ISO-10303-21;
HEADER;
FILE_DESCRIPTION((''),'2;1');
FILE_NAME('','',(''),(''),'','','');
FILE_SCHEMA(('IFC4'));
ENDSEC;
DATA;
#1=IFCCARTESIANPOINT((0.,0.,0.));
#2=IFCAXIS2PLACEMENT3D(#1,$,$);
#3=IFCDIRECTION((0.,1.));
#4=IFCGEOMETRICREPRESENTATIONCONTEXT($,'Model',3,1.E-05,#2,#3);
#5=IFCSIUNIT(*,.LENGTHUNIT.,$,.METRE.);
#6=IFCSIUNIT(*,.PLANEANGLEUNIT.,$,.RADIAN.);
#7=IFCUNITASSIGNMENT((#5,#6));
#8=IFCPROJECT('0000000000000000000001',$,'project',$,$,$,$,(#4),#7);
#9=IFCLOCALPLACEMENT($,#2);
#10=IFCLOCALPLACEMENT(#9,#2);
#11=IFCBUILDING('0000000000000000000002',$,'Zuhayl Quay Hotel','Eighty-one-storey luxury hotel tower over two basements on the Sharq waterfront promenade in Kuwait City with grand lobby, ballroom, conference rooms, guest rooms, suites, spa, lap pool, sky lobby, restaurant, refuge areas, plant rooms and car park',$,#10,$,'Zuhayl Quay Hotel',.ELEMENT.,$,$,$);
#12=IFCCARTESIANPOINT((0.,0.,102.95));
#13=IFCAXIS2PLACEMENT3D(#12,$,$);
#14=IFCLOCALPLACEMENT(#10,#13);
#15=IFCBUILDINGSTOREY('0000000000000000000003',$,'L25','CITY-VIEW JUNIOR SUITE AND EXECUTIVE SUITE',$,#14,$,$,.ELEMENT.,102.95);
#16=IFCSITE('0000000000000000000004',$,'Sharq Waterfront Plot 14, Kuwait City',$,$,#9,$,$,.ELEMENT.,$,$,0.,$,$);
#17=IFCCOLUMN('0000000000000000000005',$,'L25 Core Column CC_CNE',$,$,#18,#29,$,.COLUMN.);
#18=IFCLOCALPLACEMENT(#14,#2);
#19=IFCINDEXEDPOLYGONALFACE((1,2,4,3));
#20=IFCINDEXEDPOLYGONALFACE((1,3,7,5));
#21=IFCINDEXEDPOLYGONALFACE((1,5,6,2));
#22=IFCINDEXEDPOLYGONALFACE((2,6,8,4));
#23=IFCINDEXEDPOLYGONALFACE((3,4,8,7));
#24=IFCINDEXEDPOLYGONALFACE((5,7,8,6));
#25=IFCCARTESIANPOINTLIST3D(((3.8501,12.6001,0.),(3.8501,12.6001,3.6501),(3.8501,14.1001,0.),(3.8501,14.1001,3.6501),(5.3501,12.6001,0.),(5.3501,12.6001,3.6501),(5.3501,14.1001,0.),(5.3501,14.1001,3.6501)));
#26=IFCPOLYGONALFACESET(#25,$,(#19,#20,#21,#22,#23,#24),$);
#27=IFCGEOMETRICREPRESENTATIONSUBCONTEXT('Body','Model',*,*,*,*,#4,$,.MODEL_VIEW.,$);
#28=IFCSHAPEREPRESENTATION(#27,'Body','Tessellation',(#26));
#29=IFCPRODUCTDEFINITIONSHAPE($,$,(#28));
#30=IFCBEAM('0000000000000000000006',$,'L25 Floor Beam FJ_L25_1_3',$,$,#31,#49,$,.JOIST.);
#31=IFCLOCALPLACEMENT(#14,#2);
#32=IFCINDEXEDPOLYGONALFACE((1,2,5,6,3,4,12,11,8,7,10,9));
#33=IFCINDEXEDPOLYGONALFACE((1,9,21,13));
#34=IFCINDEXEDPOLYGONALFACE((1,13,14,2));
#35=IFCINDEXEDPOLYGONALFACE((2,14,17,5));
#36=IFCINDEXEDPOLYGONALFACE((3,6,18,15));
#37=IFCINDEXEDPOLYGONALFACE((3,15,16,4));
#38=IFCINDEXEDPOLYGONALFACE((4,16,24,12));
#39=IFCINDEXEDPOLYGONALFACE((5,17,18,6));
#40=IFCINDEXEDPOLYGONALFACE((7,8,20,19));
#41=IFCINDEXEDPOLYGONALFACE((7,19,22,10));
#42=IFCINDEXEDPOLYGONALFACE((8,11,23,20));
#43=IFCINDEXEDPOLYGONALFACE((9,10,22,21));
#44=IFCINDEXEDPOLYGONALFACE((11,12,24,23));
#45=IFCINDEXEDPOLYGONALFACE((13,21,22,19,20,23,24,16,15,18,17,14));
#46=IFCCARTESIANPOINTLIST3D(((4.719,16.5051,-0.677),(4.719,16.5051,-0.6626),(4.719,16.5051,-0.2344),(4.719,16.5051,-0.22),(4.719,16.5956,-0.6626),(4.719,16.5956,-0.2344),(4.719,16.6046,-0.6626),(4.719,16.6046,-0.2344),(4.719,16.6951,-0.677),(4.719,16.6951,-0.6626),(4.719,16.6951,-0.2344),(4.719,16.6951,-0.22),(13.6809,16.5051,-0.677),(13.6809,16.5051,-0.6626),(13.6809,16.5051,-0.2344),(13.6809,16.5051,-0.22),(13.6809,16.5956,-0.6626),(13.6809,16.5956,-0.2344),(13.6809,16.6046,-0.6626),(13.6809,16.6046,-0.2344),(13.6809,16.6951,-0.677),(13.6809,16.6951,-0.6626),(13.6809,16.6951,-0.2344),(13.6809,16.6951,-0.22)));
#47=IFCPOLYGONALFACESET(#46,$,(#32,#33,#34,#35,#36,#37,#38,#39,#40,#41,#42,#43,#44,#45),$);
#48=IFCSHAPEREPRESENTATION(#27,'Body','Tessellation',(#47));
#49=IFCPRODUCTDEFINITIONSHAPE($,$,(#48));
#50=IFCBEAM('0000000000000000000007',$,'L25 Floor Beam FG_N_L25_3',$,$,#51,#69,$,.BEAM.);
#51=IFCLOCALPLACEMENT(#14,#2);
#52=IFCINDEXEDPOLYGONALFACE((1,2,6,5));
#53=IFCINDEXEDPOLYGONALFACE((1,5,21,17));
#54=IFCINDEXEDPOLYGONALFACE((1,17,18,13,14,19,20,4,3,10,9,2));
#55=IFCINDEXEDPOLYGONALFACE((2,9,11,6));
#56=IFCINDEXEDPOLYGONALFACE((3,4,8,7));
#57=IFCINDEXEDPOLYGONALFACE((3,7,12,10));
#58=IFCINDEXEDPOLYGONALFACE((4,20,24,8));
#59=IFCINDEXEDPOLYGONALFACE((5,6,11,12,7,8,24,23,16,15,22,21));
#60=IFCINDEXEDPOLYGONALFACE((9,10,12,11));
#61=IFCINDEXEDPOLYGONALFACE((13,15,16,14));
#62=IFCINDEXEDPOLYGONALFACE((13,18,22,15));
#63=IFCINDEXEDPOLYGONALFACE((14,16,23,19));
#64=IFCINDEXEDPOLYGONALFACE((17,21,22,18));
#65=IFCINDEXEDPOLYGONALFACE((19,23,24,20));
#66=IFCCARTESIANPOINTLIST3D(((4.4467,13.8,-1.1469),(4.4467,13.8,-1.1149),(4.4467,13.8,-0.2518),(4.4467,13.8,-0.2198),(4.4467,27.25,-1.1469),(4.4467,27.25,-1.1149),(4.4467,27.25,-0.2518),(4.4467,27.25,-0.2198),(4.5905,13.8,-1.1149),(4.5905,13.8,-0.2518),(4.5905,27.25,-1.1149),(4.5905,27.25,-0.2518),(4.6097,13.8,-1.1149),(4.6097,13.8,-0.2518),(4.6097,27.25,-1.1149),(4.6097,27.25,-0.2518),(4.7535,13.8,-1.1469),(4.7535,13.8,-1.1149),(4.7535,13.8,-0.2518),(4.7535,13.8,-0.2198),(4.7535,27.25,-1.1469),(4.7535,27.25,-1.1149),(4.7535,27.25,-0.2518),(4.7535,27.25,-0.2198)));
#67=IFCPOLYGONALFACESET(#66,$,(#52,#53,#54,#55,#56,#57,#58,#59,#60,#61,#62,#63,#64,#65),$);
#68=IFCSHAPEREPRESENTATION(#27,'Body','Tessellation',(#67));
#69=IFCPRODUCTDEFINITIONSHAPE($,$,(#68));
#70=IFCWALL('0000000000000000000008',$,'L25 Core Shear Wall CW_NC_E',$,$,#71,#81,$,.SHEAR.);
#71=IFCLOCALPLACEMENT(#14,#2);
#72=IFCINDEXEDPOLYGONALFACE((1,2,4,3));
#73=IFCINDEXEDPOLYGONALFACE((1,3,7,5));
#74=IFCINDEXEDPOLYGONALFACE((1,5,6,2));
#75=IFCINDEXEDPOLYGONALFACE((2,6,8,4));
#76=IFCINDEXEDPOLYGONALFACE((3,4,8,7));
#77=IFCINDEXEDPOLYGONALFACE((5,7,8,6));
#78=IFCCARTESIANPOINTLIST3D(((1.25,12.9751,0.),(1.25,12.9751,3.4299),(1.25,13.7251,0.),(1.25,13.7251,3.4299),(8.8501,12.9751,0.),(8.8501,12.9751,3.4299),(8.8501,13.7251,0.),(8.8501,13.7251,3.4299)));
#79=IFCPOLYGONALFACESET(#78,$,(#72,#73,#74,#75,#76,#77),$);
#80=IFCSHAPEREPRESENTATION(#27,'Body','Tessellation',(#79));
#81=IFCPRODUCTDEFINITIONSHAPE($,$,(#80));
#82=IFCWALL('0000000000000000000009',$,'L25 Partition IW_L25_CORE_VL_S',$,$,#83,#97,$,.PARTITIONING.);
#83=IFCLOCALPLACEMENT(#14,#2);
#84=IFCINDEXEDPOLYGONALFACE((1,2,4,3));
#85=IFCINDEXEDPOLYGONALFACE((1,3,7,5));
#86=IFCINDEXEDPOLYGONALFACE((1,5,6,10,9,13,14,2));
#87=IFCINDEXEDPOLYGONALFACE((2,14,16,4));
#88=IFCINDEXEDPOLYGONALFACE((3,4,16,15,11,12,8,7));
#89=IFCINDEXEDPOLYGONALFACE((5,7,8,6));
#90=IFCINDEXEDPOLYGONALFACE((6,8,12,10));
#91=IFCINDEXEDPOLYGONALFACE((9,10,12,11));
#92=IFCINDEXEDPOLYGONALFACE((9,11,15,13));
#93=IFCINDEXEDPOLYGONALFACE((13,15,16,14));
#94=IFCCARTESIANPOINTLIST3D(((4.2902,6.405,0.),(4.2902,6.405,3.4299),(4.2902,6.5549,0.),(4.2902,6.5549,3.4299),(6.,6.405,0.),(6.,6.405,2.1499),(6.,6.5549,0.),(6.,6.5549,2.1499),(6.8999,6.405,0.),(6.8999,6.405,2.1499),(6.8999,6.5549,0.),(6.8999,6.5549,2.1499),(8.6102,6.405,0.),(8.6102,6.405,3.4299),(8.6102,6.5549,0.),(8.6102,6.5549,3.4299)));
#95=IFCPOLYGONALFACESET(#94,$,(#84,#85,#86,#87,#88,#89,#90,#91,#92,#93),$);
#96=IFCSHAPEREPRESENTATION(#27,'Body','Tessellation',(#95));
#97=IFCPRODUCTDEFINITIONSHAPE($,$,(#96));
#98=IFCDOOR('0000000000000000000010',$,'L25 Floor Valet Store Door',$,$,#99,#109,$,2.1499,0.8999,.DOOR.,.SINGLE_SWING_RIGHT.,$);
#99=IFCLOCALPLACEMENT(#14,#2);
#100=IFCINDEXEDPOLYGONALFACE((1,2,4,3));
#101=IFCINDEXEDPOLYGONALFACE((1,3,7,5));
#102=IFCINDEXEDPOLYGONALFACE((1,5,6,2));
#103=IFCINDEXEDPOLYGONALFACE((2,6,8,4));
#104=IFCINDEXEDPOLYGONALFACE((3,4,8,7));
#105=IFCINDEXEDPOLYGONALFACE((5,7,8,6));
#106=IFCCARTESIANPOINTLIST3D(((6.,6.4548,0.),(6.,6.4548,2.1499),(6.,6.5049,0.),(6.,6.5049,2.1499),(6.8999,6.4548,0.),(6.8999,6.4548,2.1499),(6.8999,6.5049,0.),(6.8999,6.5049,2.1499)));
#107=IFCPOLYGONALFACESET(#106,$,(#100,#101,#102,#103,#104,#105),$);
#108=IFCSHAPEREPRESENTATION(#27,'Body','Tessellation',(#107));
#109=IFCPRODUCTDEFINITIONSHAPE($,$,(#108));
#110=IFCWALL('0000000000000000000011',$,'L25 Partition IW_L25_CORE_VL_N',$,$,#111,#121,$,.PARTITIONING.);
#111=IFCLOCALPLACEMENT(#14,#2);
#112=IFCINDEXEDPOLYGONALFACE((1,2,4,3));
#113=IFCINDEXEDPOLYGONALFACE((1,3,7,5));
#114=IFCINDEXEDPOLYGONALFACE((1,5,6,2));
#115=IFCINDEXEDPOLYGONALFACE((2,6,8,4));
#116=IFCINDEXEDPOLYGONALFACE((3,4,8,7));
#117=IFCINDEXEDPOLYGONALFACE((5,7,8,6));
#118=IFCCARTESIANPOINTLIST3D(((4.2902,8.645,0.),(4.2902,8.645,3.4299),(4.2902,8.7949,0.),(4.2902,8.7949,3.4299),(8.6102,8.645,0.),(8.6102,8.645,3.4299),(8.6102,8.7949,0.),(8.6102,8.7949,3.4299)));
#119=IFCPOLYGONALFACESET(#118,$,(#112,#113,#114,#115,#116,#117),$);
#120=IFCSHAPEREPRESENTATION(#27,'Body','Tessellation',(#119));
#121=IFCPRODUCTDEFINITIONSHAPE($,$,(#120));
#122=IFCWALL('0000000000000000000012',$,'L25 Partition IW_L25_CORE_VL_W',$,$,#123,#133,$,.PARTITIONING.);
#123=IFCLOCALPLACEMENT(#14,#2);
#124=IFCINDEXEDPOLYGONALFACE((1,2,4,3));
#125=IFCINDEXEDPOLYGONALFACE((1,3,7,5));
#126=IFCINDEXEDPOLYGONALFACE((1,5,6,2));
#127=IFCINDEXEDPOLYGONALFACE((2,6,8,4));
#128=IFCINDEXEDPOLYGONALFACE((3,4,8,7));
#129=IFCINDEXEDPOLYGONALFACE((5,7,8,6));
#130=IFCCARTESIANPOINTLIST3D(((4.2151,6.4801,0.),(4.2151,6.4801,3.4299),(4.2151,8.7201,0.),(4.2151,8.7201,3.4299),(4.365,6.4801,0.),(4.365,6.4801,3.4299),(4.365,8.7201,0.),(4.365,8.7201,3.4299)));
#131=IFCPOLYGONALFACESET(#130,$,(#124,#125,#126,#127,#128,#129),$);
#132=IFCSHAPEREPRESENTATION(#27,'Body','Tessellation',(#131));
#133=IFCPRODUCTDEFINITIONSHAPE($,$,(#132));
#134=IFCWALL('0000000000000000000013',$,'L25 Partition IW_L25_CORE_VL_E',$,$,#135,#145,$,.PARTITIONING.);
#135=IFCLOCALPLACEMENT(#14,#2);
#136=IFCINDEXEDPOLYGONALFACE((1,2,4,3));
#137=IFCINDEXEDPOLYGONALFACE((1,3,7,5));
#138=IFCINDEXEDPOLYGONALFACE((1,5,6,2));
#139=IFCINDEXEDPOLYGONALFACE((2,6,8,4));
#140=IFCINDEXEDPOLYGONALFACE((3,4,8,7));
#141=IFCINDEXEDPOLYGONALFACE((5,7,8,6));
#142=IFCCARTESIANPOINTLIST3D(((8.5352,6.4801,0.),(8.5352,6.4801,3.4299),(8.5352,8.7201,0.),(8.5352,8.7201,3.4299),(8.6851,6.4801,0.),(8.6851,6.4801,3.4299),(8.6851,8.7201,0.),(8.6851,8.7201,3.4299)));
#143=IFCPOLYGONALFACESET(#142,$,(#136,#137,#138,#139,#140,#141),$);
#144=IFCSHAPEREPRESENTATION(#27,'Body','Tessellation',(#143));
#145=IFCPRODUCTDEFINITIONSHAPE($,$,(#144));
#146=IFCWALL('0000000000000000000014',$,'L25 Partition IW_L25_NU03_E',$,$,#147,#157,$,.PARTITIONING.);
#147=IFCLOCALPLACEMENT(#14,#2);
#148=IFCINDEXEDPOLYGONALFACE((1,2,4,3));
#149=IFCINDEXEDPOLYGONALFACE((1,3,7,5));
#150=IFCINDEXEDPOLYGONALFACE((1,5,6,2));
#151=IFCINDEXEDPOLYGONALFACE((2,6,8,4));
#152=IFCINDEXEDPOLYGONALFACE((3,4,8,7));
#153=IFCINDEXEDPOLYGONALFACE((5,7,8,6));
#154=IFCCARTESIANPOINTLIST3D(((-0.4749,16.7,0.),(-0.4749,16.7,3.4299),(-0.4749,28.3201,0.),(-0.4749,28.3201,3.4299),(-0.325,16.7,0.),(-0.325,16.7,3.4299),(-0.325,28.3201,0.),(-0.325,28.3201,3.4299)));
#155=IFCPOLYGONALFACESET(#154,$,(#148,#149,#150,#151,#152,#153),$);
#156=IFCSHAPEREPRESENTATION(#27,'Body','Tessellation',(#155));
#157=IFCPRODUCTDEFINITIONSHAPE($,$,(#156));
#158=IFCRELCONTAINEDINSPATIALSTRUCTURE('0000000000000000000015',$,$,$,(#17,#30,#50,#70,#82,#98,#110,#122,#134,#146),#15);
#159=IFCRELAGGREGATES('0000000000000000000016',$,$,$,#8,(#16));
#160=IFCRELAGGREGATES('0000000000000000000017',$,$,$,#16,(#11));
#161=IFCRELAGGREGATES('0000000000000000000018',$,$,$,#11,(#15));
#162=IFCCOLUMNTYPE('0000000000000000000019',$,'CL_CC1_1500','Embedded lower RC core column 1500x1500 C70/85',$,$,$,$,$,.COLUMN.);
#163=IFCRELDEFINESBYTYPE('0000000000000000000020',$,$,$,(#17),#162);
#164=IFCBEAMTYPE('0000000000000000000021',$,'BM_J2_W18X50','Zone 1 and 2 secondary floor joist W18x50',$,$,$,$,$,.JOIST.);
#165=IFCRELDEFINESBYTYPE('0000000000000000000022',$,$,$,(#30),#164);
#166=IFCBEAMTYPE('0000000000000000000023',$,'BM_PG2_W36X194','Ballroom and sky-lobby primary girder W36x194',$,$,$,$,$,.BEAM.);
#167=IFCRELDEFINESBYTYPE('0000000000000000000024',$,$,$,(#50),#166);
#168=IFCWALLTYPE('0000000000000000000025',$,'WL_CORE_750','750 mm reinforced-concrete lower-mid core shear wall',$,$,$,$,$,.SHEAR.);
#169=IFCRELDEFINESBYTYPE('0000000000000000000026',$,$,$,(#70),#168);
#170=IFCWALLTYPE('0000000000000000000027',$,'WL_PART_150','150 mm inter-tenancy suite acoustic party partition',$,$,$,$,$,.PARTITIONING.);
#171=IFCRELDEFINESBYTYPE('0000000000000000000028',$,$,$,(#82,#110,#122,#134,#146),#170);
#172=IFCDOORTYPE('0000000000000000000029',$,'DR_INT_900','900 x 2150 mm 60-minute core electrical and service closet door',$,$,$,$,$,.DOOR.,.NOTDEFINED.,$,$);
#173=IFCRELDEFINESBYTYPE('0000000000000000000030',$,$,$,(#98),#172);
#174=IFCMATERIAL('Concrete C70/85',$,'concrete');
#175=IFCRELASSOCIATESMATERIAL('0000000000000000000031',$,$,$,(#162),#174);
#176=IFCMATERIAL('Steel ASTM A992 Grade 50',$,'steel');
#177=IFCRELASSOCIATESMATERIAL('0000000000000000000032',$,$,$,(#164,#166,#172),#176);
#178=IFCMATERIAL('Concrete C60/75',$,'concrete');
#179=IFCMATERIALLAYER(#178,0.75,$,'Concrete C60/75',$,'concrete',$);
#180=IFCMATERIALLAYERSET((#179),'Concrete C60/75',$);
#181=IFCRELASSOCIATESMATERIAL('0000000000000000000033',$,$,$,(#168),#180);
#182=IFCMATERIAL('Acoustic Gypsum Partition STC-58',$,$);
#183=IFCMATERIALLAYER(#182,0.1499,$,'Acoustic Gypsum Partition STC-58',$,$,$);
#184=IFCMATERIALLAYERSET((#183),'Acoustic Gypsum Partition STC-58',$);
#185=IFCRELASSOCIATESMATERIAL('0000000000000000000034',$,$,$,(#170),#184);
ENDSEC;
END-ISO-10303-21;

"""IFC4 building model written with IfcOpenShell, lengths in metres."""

from ifc_helpers import new_model, si_unit, direction, frame, frame_2d, origin, origin_2d, place, context, subcontext, project, spatial, rectangle, i_section, extrude, material, layer, layer_set, material_profile, profile_set, type_object, element, fill, save


model = new_model("IFC4")

# Units and contexts
model_context = context("Model", 3, precision=1e-05, world=origin(), true_north=direction((0.0, 1.0)))
body_context = subcontext(model_context, "Body", "Model", "MODEL_VIEW")
ifc_project = project(units=[si_unit("LENGTHUNIT", "METRE"), si_unit("PLANEANGLEUNIT", "RADIAN")], contexts=[model_context])

# Site, building, storey
site_placement = place(None, origin())
site = spatial("IfcSite", under=ifc_project, at=site_placement, Name="Sharq Waterfront Plot 14, Kuwait City", CompositionType="ELEMENT", RefElevation=0.0)
building_placement = place(site_placement, origin())
building = spatial("IfcBuilding", under=site, at=building_placement, Name="Zuhayl Quay Hotel", Description="Eighty-one-storey luxury hotel tower over two basements on the Sharq waterfront promenade in Kuwait City with grand lobby, ballroom, conference rooms, guest rooms, suites, spa, lap pool, sky lobby, restaurant, refuge areas, plant rooms and car park", LongName="Zuhayl Quay Hotel", CompositionType="ELEMENT")
storey_placement = place(building_placement, frame((0.0, 0.0, 102.95)))
storey = spatial("IfcBuildingStorey", under=building, at=storey_placement, Name="L25", Description="CITY-VIEW JUNIOR SUITE AND EXECUTIVE SUITE", CompositionType="ELEMENT", Elevation=102.95)

# Column
ifc_material_1 = material(Name="Concrete C70/85", Category="concrete")
ifc_material_profile_1 = material_profile(ifc_material_1, rectangle(XDim=1.5, YDim=1.5, at=origin_2d()), Name="RC1500X1500")
ifc_profile_set_1 = profile_set([ifc_material_profile_1], Name="Concrete C70/85")
column_type = type_object("IfcColumnType", Name="CL_CC1_1500", Description="Embedded lower RC core column 1500x1500 C70/85", PredefinedType="COLUMN", material=ifc_profile_set_1)
column_placement = place(storey_placement, frame((4.6001, 13.3501, 0.0), z_axis=(0.0, 0.0, 1.0), x_axis=(1.0, 0.0, 0.0)))
element("IfcColumn", 1, at=column_placement, inside=storey, type_object=column_type, Name="L25 Core Column CC_CNE", PredefinedType="COLUMN", context=body_context, shape_type="SweptSolid", body=[
    extrude(rectangle(XDim=1.5, YDim=1.5, at=origin_2d()), origin(), (0.0, 0.0, 1.0), 3.6501),
])

# Beams
ifc_material_2 = material(Name="Steel ASTM A992 Grade 50", Category="steel")
ifc_material_profile_2 = material_profile(ifc_material_2, i_section(OverallWidth=0.1899, OverallDepth=0.457, WebThickness=0.009, FlangeThickness=0.0144, at=origin_2d()), Name="W18X50")
ifc_profile_set_2 = profile_set([ifc_material_profile_2], Name="Steel ASTM A992 Grade 50")
beam_type_1 = type_object("IfcBeamType", Name="BM_J2_W18X50", Description="Zone 1 and 2 secondary floor joist W18x50", PredefinedType="JOIST", material=ifc_profile_set_2)
beam_1_placement = place(storey_placement, frame((4.719, 16.6001, -0.4485), z_axis=(1.0, 0.0, 0.0), x_axis=(0.0, 1.0, 0.0)))
element("IfcBeam", 2, at=beam_1_placement, inside=storey, type_object=beam_type_1, Name="L25 Floor Beam FJ_L25_1_3", PredefinedType="JOIST", context=body_context, shape_type="SweptSolid", body=[
    extrude(i_section(OverallWidth=0.1899, OverallDepth=0.457, WebThickness=0.009, FlangeThickness=0.0144, at=origin_2d()), origin(), (0.0, 0.0, 1.0), 8.9619),
])
ifc_material_profile_3 = material_profile(ifc_material_2, i_section(OverallWidth=0.3069, OverallDepth=0.927, WebThickness=0.0193, FlangeThickness=0.032, at=origin_2d()), Name="W36X194")
ifc_profile_set_3 = profile_set([ifc_material_profile_3], Name="Steel ASTM A992 Grade 50")
beam_type_2 = type_object("IfcBeamType", Name="BM_PG2_W36X194", Description="Ballroom and sky-lobby primary girder W36x194", PredefinedType="BEAM", material=ifc_profile_set_3)
beam_2_placement = place(storey_placement, frame((4.6001, 13.8, -0.6833), z_axis=(0.0, 1.0, 0.0), x_axis=(-1.0, 0.0, 0.0)))
element("IfcBeam", 3, at=beam_2_placement, inside=storey, type_object=beam_type_2, Name="L25 Floor Beam FG_N_L25_3", PredefinedType="BEAM", context=body_context, shape_type="SweptSolid", body=[
    extrude(i_section(OverallWidth=0.3069, OverallDepth=0.927, WebThickness=0.0193, FlangeThickness=0.032, at=origin_2d()), origin(), (0.0, 0.0, 1.0), 13.45),
])

# Wall
ifc_material_3 = material(Name="Concrete C60/75", Category="concrete")
ifc_layer_1 = layer(ifc_material_3, 0.75, Name="Concrete C60/75", Category="concrete")
ifc_layer_set_1 = layer_set([ifc_layer_1], Name="Concrete C60/75")
wall_type_1 = type_object("IfcWallType", Name="WL_CORE_750", Description="750 mm reinforced-concrete lower-mid core shear wall", PredefinedType="SHEAR", material=ifc_layer_set_1)
wall_1_placement = place(storey_placement, frame((1.25, 13.3501, 0.0), z_axis=(0.0, 0.0, 1.0), x_axis=(1.0, 0.0, 0.0)))
element("IfcWall", 4, at=wall_1_placement, inside=storey, type_object=wall_type_1, Name="L25 Core Shear Wall CW_NC_E", PredefinedType="SHEAR", context=body_context, shape_type="SweptSolid", body=[
    extrude(rectangle(XDim=7.6001, YDim=0.75, at=frame_2d((3.8, 0.0))), origin(), (0.0, 0.0, 1.0), 3.4299),
])

# Wall, opening, door
ifc_material_4 = material(Name="Acoustic Gypsum Partition STC-58")
ifc_layer_2 = layer(ifc_material_4, 0.1499, Name="Acoustic Gypsum Partition STC-58")
ifc_layer_set_2 = layer_set([ifc_layer_2], Name="Acoustic Gypsum Partition STC-58")
wall_type_2 = type_object("IfcWallType", Name="WL_PART_150", Description="150 mm inter-tenancy suite acoustic party partition", PredefinedType="PARTITIONING", material=ifc_layer_set_2)
wall_2_placement = place(storey_placement, frame((4.29, 6.48, 0.0), z_axis=(0.0, 0.0, 1.0), x_axis=(1.0, 0.0, 0.0)))
wall_2 = element("IfcWall", 5, at=wall_2_placement, inside=storey, type_object=wall_type_2, Name="L25 Partition IW_L25_CORE_VL_S", PredefinedType="PARTITIONING", context=body_context, shape_type="SweptSolid", body=[
    extrude(rectangle(XDim=4.3201, YDim=0.1499, at=frame_2d((2.1602, 0.0))), origin(), (0.0, 0.0, 1.0), 3.4299),
])
opening_1_placement = place(wall_2_placement, frame((1.71, 0.0, 0.0)))
opening_1 = element("IfcOpeningElement", 6, at=opening_1_placement, cuts=wall_2, PredefinedType="OPENING", context=body_context, shape_type="SweptSolid", body=[
    extrude(rectangle(XDim=0.8999, YDim=2.1499, at=frame_2d((0.45, 1.075))), frame((0.0, 0.085, 0.0), z_axis=(0.0, -1.0, 0.0), x_axis=(1.0, 0.0, 0.0)), (0.0, 0.0, 1.0), 0.1699),
])
door_type_1 = type_object("IfcDoorType", Name="DR_INT_900", Description="900 x 2150 mm 60-minute core electrical and service closet door", OperationType="NOTDEFINED", PredefinedType="DOOR", material=ifc_material_2)
door_1_placement = place(opening_1_placement, origin())
door_1 = element("IfcDoor", 7, at=door_1_placement, inside=storey, type_object=door_type_1, Name="L25 Floor Valet Store Door", OperationType="SINGLE_SWING_RIGHT", OverallHeight=2.1499, OverallWidth=0.8999, PredefinedType="DOOR", context=body_context, shape_type="SweptSolid", body=[
    extrude(rectangle(XDim=0.8999, YDim=2.1499, at=frame_2d((0.45, 1.075))), frame((0.0, 0.0249, 0.0), z_axis=(0.0, -1.0, 0.0), x_axis=(1.0, 0.0, 0.0)), (0.0, 0.0, 1.0), 0.05),
])
fill(opening_1, door_1)

# Walls
wall_3_placement = place(storey_placement, frame((4.29, 8.72, 0.0), z_axis=(0.0, 0.0, 1.0), x_axis=(1.0, 0.0, 0.0)))
element("IfcWall", 8, at=wall_3_placement, inside=storey, type_object=wall_type_2, Name="L25 Partition IW_L25_CORE_VL_N", PredefinedType="PARTITIONING", context=body_context, shape_type="SweptSolid", body=[
    extrude(rectangle(XDim=4.3201, YDim=0.1499, at=frame_2d((2.1602, 0.0))), origin(), (0.0, 0.0, 1.0), 3.4299),
])
for number, where, z_axis, x_axis, name in (
    (9, (4.29, 6.48, 0.0), (0.0, 0.0, 1.0), (0.0, 1.0, 0.0), "L25 Partition IW_L25_CORE_VL_W"),
    (10, (8.6101, 6.48, 0.0), (0.0, 0.0, 1.0), (0.0, 1.0, 0.0), "L25 Partition IW_L25_CORE_VL_E"),
):
    element("IfcWall", number, at=place(storey_placement, frame(where, z_axis=z_axis, x_axis=x_axis)), inside=storey, type_object=wall_type_2, Name=name, PredefinedType="PARTITIONING", context=body_context, shape_type="SweptSolid", body=[
        extrude(rectangle(XDim=2.24, YDim=0.1499, at=frame_2d((1.1201, 0.0))), origin(), (0.0, 0.0, 1.0), 3.4299),
    ])
wall_4_placement = place(storey_placement, frame((-0.3999, 16.7, 0.0), z_axis=(0.0, 0.0, 1.0), x_axis=(0.0, 1.0, 0.0)))
element("IfcWall", 11, at=wall_4_placement, inside=storey, type_object=wall_type_2, Name="L25 Partition IW_L25_NU03_E", PredefinedType="PARTITIONING", context=body_context, shape_type="SweptSolid", body=[
    extrude(rectangle(XDim=11.6201, YDim=0.1499, at=frame_2d((5.8101, 0.0))), origin(), (0.0, 0.0, 1.0), 3.4299),
])

save(model, "model.ifc")
